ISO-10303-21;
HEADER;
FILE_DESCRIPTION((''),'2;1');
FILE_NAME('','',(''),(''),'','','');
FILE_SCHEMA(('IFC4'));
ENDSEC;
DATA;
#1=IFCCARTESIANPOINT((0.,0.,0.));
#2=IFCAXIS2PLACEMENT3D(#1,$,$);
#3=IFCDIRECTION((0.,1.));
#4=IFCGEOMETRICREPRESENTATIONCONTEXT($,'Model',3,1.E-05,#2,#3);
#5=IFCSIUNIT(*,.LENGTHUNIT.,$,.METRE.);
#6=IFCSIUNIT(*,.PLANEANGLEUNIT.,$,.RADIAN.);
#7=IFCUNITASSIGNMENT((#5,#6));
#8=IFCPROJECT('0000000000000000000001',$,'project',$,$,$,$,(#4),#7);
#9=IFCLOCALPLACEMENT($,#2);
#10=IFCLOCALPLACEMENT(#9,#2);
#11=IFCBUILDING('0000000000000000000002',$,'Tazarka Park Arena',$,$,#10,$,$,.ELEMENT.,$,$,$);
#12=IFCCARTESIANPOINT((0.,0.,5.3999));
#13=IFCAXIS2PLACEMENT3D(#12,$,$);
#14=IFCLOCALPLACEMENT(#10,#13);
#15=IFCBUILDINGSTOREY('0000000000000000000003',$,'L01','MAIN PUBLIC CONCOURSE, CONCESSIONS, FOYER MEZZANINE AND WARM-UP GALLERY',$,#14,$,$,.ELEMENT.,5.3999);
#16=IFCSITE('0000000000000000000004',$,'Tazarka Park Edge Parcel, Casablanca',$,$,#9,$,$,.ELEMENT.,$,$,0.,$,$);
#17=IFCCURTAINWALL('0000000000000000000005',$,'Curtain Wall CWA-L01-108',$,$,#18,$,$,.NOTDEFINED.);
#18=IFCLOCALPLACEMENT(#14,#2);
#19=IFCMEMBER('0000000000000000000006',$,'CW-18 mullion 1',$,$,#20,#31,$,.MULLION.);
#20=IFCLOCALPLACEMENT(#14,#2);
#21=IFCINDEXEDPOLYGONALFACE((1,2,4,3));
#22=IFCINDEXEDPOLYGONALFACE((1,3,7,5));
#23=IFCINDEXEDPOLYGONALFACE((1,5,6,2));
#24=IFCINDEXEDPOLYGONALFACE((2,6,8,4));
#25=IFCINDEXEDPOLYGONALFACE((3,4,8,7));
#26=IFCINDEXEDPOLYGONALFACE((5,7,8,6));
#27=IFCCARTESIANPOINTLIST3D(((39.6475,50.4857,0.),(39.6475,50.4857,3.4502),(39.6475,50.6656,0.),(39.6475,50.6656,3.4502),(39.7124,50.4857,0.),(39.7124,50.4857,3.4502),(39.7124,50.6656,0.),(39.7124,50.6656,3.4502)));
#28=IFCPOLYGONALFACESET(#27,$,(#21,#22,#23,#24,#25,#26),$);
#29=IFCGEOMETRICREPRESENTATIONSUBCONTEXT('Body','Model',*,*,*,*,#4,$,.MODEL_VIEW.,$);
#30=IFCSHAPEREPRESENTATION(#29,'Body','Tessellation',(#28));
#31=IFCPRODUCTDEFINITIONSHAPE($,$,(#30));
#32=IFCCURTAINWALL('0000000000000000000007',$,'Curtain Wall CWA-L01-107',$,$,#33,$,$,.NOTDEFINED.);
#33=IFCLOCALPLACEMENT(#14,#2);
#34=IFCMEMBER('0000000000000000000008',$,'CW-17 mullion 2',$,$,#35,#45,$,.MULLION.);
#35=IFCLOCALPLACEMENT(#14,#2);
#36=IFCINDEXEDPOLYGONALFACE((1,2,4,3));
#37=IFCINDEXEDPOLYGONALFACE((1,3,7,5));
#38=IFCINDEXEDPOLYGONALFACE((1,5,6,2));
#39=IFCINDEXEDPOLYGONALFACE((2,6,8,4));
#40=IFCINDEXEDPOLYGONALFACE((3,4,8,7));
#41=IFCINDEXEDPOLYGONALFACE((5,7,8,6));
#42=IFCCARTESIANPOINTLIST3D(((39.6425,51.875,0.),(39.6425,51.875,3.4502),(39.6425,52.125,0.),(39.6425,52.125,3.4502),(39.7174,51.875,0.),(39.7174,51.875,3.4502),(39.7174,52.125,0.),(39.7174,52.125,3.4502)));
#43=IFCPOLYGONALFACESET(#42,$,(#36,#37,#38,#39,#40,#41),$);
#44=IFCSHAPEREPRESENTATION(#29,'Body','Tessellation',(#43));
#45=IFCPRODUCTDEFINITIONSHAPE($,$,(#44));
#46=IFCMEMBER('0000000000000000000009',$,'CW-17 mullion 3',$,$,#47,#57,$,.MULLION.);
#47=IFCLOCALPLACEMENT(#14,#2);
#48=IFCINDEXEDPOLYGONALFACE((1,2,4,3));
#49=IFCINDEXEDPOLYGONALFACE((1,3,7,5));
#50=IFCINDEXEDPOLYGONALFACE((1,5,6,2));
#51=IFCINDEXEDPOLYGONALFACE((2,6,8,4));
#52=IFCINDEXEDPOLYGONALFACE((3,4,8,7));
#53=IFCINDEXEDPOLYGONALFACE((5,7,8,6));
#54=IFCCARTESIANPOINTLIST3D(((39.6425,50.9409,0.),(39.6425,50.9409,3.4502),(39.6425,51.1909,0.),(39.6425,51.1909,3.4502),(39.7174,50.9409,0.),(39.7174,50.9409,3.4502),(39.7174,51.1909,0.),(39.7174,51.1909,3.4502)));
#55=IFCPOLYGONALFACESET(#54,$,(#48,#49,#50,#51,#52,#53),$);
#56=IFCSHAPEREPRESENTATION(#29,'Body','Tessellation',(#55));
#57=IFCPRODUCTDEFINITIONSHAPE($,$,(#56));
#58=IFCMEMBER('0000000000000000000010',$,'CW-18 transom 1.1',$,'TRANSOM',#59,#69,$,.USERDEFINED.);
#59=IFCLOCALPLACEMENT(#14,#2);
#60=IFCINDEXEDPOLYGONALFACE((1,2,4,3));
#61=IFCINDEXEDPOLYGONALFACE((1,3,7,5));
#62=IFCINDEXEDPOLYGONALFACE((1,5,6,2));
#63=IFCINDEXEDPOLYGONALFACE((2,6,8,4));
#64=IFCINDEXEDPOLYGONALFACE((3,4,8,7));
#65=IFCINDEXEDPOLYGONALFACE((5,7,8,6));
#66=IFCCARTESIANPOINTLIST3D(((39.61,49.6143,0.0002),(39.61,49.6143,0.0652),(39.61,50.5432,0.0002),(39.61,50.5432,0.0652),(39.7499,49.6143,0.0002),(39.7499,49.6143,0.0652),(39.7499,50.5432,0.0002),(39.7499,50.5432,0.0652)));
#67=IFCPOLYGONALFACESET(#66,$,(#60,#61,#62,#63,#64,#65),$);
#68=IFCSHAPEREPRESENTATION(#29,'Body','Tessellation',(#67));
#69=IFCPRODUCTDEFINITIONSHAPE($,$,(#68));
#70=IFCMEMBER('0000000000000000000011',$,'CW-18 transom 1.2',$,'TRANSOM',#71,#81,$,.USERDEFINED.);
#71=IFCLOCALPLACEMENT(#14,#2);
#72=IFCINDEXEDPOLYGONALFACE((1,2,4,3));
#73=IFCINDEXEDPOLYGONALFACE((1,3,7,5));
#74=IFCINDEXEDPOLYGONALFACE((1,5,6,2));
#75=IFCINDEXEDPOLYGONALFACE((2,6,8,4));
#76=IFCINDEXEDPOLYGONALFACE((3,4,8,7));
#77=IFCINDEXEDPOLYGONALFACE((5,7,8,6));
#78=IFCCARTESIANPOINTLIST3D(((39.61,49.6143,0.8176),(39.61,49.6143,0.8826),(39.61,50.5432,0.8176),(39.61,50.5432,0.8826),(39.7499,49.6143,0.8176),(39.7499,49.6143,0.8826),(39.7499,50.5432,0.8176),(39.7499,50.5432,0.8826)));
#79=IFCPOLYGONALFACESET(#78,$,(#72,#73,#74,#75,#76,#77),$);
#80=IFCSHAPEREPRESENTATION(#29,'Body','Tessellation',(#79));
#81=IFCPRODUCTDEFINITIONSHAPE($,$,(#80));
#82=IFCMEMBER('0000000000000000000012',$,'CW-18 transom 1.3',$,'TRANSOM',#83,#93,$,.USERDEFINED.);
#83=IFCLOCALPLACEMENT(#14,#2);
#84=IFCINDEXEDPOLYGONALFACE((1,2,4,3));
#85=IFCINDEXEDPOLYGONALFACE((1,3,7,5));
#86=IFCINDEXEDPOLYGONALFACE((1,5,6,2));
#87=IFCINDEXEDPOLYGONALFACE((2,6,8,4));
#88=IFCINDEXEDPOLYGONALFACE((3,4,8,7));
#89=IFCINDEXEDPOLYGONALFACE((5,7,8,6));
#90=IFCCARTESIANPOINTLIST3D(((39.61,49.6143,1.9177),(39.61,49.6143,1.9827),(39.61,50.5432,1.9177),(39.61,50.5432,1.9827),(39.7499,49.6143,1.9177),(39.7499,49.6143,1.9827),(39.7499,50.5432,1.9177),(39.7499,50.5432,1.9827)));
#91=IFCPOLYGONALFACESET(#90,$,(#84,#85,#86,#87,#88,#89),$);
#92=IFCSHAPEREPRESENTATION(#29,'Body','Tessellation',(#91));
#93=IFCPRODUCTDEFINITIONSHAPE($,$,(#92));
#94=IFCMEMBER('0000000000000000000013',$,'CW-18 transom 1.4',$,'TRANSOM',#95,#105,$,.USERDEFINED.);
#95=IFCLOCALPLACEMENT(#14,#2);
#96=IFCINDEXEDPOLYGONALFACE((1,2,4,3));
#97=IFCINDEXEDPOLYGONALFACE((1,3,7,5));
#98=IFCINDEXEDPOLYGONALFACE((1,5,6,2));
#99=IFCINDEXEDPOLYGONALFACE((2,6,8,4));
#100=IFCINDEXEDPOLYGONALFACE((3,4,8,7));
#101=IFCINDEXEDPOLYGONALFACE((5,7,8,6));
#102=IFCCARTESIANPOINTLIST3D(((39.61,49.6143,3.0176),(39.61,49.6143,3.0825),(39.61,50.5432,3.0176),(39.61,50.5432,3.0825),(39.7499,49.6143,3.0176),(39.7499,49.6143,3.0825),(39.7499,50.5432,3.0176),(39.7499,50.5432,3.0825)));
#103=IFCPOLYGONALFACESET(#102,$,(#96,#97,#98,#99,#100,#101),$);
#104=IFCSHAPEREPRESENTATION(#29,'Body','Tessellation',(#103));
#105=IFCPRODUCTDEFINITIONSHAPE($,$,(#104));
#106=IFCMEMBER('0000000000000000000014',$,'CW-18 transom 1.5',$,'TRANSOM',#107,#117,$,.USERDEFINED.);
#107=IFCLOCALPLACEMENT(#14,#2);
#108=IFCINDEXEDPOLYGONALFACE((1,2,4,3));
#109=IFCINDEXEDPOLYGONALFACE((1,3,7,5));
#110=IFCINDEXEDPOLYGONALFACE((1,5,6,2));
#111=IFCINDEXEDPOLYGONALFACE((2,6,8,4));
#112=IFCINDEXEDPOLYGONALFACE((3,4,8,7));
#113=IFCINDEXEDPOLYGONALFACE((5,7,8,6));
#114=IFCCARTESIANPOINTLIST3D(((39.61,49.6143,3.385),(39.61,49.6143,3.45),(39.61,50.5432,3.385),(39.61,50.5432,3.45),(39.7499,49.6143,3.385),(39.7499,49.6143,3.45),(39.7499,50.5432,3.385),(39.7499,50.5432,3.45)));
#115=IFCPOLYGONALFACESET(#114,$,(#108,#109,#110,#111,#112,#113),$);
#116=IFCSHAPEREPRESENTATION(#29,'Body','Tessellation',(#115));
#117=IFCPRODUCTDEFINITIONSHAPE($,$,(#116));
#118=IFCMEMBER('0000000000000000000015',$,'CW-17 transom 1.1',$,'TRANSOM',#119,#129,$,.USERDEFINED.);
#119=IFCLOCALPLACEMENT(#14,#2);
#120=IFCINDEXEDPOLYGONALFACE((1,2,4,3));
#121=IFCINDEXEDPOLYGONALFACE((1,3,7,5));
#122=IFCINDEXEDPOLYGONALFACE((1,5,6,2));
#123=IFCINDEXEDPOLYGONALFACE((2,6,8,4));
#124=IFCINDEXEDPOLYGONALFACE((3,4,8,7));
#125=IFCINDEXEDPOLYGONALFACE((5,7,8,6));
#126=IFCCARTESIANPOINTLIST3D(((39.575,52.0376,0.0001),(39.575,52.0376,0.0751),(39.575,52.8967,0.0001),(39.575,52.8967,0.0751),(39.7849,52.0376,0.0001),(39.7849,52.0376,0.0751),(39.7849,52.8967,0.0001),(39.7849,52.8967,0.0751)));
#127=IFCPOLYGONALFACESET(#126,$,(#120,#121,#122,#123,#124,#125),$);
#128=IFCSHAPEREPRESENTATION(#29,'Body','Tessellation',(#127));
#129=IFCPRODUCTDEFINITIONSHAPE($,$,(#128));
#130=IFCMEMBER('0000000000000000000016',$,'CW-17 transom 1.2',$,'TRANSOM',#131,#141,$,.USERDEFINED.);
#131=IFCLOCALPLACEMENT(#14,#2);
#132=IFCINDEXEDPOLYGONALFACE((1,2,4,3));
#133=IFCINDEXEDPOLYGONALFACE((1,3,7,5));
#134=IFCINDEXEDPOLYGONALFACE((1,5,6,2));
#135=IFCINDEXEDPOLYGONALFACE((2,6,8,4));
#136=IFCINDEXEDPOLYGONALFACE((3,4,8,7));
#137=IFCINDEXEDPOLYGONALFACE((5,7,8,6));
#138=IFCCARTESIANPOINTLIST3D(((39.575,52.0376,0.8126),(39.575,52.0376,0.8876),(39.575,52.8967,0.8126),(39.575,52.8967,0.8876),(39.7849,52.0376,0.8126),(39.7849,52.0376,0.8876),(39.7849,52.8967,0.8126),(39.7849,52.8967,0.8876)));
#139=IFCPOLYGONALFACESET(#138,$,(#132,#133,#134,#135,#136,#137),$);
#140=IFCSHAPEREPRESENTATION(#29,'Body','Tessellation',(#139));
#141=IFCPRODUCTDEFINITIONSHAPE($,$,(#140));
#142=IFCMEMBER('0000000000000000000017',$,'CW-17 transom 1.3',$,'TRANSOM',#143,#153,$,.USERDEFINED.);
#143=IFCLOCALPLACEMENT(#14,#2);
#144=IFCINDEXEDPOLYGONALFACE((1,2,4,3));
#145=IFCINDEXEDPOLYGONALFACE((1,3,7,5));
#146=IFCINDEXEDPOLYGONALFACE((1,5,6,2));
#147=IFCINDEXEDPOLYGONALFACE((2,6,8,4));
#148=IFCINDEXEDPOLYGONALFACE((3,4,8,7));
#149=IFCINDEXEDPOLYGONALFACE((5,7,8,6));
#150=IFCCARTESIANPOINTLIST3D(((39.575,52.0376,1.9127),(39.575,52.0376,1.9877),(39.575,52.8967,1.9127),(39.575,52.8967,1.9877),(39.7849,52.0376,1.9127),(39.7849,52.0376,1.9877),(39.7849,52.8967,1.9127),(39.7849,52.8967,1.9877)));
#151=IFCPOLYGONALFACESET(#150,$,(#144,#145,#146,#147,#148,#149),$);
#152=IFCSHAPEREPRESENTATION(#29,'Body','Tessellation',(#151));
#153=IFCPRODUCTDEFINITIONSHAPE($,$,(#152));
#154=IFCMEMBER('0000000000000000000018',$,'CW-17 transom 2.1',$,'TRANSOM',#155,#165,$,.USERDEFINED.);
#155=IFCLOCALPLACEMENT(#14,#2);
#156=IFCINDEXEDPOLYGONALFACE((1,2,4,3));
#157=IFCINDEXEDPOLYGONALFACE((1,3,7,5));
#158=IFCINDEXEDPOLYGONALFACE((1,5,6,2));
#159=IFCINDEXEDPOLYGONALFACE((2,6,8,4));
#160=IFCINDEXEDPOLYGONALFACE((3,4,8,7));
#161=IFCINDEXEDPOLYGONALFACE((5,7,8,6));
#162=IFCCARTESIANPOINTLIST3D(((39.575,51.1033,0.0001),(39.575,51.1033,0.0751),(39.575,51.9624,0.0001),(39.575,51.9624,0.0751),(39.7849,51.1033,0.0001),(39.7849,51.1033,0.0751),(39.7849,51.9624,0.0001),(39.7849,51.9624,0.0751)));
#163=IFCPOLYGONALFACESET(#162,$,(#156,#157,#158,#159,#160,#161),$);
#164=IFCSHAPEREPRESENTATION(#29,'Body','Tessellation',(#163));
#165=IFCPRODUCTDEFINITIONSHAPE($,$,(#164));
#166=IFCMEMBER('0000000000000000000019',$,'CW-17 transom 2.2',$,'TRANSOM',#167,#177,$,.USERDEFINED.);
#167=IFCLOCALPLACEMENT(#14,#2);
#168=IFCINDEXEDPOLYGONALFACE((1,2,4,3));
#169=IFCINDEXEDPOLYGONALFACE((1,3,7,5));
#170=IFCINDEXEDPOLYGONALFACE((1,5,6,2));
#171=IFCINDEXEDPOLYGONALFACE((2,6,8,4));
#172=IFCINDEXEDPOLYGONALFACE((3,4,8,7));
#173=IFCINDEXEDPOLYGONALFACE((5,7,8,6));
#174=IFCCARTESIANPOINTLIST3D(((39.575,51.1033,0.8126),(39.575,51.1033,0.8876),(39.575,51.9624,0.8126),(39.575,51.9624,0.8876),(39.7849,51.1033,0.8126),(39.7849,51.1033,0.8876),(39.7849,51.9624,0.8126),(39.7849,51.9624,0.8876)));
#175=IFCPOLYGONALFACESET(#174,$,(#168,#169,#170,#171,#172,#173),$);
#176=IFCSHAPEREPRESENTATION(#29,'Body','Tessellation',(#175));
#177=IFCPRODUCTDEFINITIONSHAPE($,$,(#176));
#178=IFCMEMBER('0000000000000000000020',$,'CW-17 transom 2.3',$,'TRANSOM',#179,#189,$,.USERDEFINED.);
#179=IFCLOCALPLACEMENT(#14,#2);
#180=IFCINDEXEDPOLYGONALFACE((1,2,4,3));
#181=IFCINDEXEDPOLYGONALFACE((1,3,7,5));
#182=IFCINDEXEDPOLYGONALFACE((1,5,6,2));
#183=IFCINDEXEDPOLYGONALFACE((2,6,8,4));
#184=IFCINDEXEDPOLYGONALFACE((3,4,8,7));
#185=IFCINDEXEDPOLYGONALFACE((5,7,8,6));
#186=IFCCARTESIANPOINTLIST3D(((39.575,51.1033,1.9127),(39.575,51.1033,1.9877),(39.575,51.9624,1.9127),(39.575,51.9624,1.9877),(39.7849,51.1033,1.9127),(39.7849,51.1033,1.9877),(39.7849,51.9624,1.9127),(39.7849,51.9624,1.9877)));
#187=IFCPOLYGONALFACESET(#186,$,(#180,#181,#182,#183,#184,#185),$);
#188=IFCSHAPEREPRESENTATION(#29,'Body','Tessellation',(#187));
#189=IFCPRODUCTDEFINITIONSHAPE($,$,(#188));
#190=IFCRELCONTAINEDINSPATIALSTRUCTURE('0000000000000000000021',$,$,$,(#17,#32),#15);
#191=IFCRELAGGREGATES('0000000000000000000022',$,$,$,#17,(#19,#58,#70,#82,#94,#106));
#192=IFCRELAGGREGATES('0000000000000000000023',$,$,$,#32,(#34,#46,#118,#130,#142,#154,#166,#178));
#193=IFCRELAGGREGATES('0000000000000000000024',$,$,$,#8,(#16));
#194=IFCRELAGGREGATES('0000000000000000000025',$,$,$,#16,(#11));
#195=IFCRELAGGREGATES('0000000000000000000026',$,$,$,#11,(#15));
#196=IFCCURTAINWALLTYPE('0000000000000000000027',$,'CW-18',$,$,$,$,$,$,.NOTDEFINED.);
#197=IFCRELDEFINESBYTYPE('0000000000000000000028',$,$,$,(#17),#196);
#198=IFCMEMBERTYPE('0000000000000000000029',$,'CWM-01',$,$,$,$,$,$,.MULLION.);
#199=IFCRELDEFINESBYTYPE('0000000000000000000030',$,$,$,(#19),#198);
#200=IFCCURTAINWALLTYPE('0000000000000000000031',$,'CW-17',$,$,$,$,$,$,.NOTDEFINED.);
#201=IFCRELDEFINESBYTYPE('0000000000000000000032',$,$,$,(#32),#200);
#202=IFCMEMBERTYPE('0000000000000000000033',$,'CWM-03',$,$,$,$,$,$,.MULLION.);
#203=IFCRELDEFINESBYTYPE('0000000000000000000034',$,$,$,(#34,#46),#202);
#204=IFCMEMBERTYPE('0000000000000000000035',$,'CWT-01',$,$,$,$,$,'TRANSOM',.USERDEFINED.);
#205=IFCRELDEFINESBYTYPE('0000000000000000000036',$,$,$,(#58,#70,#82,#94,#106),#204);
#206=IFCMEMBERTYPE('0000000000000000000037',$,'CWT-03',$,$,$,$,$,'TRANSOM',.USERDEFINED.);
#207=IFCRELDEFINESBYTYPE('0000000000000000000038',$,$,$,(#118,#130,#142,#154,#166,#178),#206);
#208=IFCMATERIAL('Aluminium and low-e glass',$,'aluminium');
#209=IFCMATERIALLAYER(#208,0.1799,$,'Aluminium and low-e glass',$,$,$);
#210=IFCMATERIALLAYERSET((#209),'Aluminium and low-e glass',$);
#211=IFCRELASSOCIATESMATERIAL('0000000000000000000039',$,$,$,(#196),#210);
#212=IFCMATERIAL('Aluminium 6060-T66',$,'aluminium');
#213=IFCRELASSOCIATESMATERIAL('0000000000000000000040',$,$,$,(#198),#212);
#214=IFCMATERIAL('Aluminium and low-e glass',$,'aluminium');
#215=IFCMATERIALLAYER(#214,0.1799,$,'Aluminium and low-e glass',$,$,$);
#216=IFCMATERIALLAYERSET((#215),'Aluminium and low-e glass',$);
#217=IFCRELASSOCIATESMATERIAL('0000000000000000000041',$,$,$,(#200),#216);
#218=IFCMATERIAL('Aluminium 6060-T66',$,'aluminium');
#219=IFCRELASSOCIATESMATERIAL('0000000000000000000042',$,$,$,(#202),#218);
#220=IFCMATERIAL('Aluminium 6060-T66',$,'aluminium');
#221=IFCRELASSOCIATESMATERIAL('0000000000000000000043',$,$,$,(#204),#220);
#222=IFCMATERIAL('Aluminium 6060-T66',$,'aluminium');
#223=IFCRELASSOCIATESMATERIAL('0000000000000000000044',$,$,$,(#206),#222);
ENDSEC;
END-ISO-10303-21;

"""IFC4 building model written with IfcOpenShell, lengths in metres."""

from ifc_helpers import new_model, si_unit, direction, frame, origin, origin_2d, place, context, subcontext, project, spatial, rectangle, extrude, material, layer, layer_set, material_profile, profile_set, type_object, element, aggregate, save


model = new_model("IFC4")

# Units and contexts
model_context = context("Model", 3, precision=1e-05, world=origin(), true_north=direction((0.0, 1.0)))
body_context = subcontext(model_context, "Body", "Model", "MODEL_VIEW")
ifc_project = project(units=[si_unit("LENGTHUNIT", "METRE"), si_unit("PLANEANGLEUNIT", "RADIAN")], contexts=[model_context])

# Site, building, storey
site_placement = place(None, origin())
site = spatial("IfcSite", under=ifc_project, at=site_placement, Name="Tazarka Park Edge Parcel, Casablanca", CompositionType="ELEMENT", RefElevation=0.0)
building_placement = place(site_placement, origin())
building = spatial("IfcBuilding", under=site, at=building_placement, Name="Tazarka Park Arena", CompositionType="ELEMENT")
storey_placement = place(building_placement, frame((0.0, 0.0, 5.3999)))
storey = spatial("IfcBuildingStorey", under=building, at=storey_placement, Name="L01", Description="MAIN PUBLIC CONCOURSE, CONCESSIONS, FOYER MEZZANINE AND WARM-UP GALLERY", CompositionType="ELEMENT", Elevation=5.3999)

# Curtain wall, member
ifc_material_1 = material(Name="Aluminium and low-e glass", Category="aluminium")
ifc_layer_1 = layer(ifc_material_1, 0.1799, Name="Aluminium and low-e glass")
ifc_layer_set_1 = layer_set([ifc_layer_1], Name="Aluminium and low-e glass")
curtain_wall_type_1 = type_object("IfcCurtainWallType", Name="CW-18", PredefinedType="NOTDEFINED", material=ifc_layer_set_1)
curtain_wall_1_placement = place(storey_placement, origin())
curtain_wall_1 = element("IfcCurtainWall", 1, at=curtain_wall_1_placement, inside=storey, type_object=curtain_wall_type_1, Name="Curtain Wall CWA-L01-108", PredefinedType="NOTDEFINED")
ifc_material_2 = material(Name="Aluminium 6060-T66", Category="aluminium")
ifc_material_profile_1 = material_profile(ifc_material_2, rectangle(XDim=0.0649, YDim=0.1799, at=origin_2d()), Name="Aluminium 6060-T66")
ifc_profile_set_1 = profile_set([ifc_material_profile_1], Name="Aluminium 6060-T66")
member_type_1 = type_object("IfcMemberType", Name="CWM-01", PredefinedType="MULLION", material=ifc_profile_set_1)
member_1_placement = place(storey_placement, frame((39.6799, 50.5757, 0.0), z_axis=(0.0, 0.0, 1.0), x_axis=(1.0, 0.0, 0.0)))
member_1 = element("IfcMember", 2, at=member_1_placement, type_object=member_type_1, Name="CW-18 mullion 1", PredefinedType="MULLION", context=body_context, shape_type="SweptSolid", body=[
    extrude(rectangle(XDim=0.0649, YDim=0.1799, at=origin_2d()), origin(), (0.0, 0.0, 1.0), 3.4502),
])

# Curtain wall, members
ifc_material_3 = material(Name="Aluminium and low-e glass", Category="aluminium")
ifc_layer_2 = layer(ifc_material_3, 0.1799, Name="Aluminium and low-e glass")
ifc_layer_set_2 = layer_set([ifc_layer_2], Name="Aluminium and low-e glass")
curtain_wall_type_2 = type_object("IfcCurtainWallType", Name="CW-17", PredefinedType="NOTDEFINED", material=ifc_layer_set_2)
curtain_wall_2_placement = place(storey_placement, origin())
curtain_wall_2 = element("IfcCurtainWall", 3, at=curtain_wall_2_placement, inside=storey, type_object=curtain_wall_type_2, Name="Curtain Wall CWA-L01-107", PredefinedType="NOTDEFINED")
ifc_material_4 = material(Name="Aluminium 6060-T66", Category="aluminium")
ifc_material_profile_2 = material_profile(ifc_material_4, rectangle(XDim=0.075, YDim=0.25, at=origin_2d()), Name="Aluminium 6060-T66")
ifc_profile_set_2 = profile_set([ifc_material_profile_2], Name="Aluminium 6060-T66")
member_type_2 = type_object("IfcMemberType", Name="CWM-03", PredefinedType="MULLION", material=ifc_profile_set_2)
member_2_placement = place(storey_placement, frame((39.6799, 52.0, 0.0), z_axis=(0.0, 0.0, 1.0), x_axis=(1.0, 0.0, 0.0)))
member_2 = element("IfcMember", 4, at=member_2_placement, type_object=member_type_2, Name="CW-17 mullion 2", PredefinedType="MULLION", context=body_context, shape_type="SweptSolid", body=[
    extrude(rectangle(XDim=0.075, YDim=0.25, at=origin_2d()), origin(), (0.0, 0.0, 1.0), 3.4502),
])
member_3_placement = place(storey_placement, frame((39.6799, 51.0659, 0.0), z_axis=(0.0, 0.0, 1.0), x_axis=(1.0, 0.0, 0.0)))
member_3 = element("IfcMember", 5, at=member_3_placement, type_object=member_type_2, Name="CW-17 mullion 3", PredefinedType="MULLION", context=body_context, shape_type="SweptSolid", body=[
    extrude(rectangle(XDim=0.075, YDim=0.25, at=origin_2d()), origin(), (0.0, 0.0, 1.0), 3.4502),
])

# Members
ifc_material_5 = material(Name="Aluminium 6060-T66", Category="aluminium")
ifc_material_profile_3 = material_profile(ifc_material_5, rectangle(XDim=0.1399, YDim=0.0649, at=origin_2d()), Name="Aluminium 6060-T66")
ifc_profile_set_3 = profile_set([ifc_material_profile_3], Name="Aluminium 6060-T66")
member_type_3 = type_object("IfcMemberType", Name="CWT-01", ElementType="TRANSOM", PredefinedType="USERDEFINED", material=ifc_profile_set_3)
member_4_placement = place(storey_placement, frame((39.6799, 50.5432, 0.0327), z_axis=(0.0, -1.0, 0.0), x_axis=(1.0, 0.0, 0.0)))
member_4 = element("IfcMember", 6, at=member_4_placement, type_object=member_type_3, Name="CW-18 transom 1.1", ObjectType="TRANSOM", PredefinedType="USERDEFINED", context=body_context, shape_type="SweptSolid", body=[
    extrude(rectangle(XDim=0.1399, YDim=0.0649, at=origin_2d()), origin(), (0.0, 0.0, 1.0), 0.929),
])
member_5_placement = place(storey_placement, frame((39.6799, 50.5432, 0.8501), z_axis=(0.0, -1.0, 0.0), x_axis=(1.0, 0.0, 0.0)))
member_5 = element("IfcMember", 7, at=member_5_placement, type_object=member_type_3, Name="CW-18 transom 1.2", ObjectType="TRANSOM", PredefinedType="USERDEFINED", context=body_context, shape_type="SweptSolid", body=[
    extrude(rectangle(XDim=0.1399, YDim=0.0649, at=origin_2d()), origin(), (0.0, 0.0, 1.0), 0.929),
])
member_6_placement = place(storey_placement, frame((39.6799, 50.5432, 1.9502), z_axis=(0.0, -1.0, 0.0), x_axis=(1.0, 0.0, 0.0)))
member_6 = element("IfcMember", 8, at=member_6_placement, type_object=member_type_3, Name="CW-18 transom 1.3", ObjectType="TRANSOM", PredefinedType="USERDEFINED", context=body_context, shape_type="SweptSolid", body=[
    extrude(rectangle(XDim=0.1399, YDim=0.0649, at=origin_2d()), origin(), (0.0, 0.0, 1.0), 0.929),
])
member_7_placement = place(storey_placement, frame((39.6799, 50.5432, 3.05), z_axis=(0.0, -1.0, 0.0), x_axis=(1.0, 0.0, 0.0)))
member_7 = element("IfcMember", 9, at=member_7_placement, type_object=member_type_3, Name="CW-18 transom 1.4", ObjectType="TRANSOM", PredefinedType="USERDEFINED", context=body_context, shape_type="SweptSolid", body=[
    extrude(rectangle(XDim=0.1399, YDim=0.0649, at=origin_2d()), origin(), (0.0, 0.0, 1.0), 0.929),
])
member_8_placement = place(storey_placement, frame((39.6799, 50.5432, 3.4175), z_axis=(0.0, -1.0, 0.0), x_axis=(1.0, 0.0, 0.0)))
member_8 = element("IfcMember", 10, at=member_8_placement, type_object=member_type_3, Name="CW-18 transom 1.5", ObjectType="TRANSOM", PredefinedType="USERDEFINED", context=body_context, shape_type="SweptSolid", body=[
    extrude(rectangle(XDim=0.1399, YDim=0.0649, at=origin_2d()), origin(), (0.0, 0.0, 1.0), 0.929),
])
ifc_material_6 = material(Name="Aluminium 6060-T66", Category="aluminium")
ifc_material_profile_4 = material_profile(ifc_material_6, rectangle(XDim=0.21, YDim=0.075, at=origin_2d()), Name="Aluminium 6060-T66")
ifc_profile_set_4 = profile_set([ifc_material_profile_4], Name="Aluminium 6060-T66")
member_type_4 = type_object("IfcMemberType", Name="CWT-03", ElementType="TRANSOM", PredefinedType="USERDEFINED", material=ifc_profile_set_4)
member_9_placement = place(storey_placement, frame((39.6799, 52.8967, 0.0376), z_axis=(0.0, -1.0, 0.0), x_axis=(1.0, 0.0, 0.0)))
member_9 = element("IfcMember", 11, at=member_9_placement, type_object=member_type_4, Name="CW-17 transom 1.1", ObjectType="TRANSOM", PredefinedType="USERDEFINED", context=body_context, shape_type="SweptSolid", body=[
    extrude(rectangle(XDim=0.21, YDim=0.075, at=origin_2d()), origin(), (0.0, 0.0, 1.0), 0.8591),
])
member_10_placement = place(storey_placement, frame((39.6799, 52.8967, 0.8501), z_axis=(0.0, -1.0, 0.0), x_axis=(1.0, 0.0, 0.0)))
member_10 = element("IfcMember", 12, at=member_10_placement, type_object=member_type_4, Name="CW-17 transom 1.2", ObjectType="TRANSOM", PredefinedType="USERDEFINED", context=body_context, shape_type="SweptSolid", body=[
    extrude(rectangle(XDim=0.21, YDim=0.075, at=origin_2d()), origin(), (0.0, 0.0, 1.0), 0.8591),
])
member_11_placement = place(storey_placement, frame((39.6799, 52.8967, 1.9502), z_axis=(0.0, -1.0, 0.0), x_axis=(1.0, 0.0, 0.0)))
member_11 = element("IfcMember", 13, at=member_11_placement, type_object=member_type_4, Name="CW-17 transom 1.3", ObjectType="TRANSOM", PredefinedType="USERDEFINED", context=body_context, shape_type="SweptSolid", body=[
    extrude(rectangle(XDim=0.21, YDim=0.075, at=origin_2d()), origin(), (0.0, 0.0, 1.0), 0.8591),
])
member_12_placement = place(storey_placement, frame((39.6799, 51.9624, 0.0376), z_axis=(0.0, -1.0, 0.0), x_axis=(1.0, 0.0, 0.0)))
member_12 = element("IfcMember", 14, at=member_12_placement, type_object=member_type_4, Name="CW-17 transom 2.1", ObjectType="TRANSOM", PredefinedType="USERDEFINED", context=body_context, shape_type="SweptSolid", body=[
    extrude(rectangle(XDim=0.21, YDim=0.075, at=origin_2d()), origin(), (0.0, 0.0, 1.0), 0.8591),
])
member_13_placement = place(storey_placement, frame((39.6799, 51.9624, 0.8501), z_axis=(0.0, -1.0, 0.0), x_axis=(1.0, 0.0, 0.0)))
member_13 = element("IfcMember", 15, at=member_13_placement, type_object=member_type_4, Name="CW-17 transom 2.2", ObjectType="TRANSOM", PredefinedType="USERDEFINED", context=body_context, shape_type="SweptSolid", body=[
    extrude(rectangle(XDim=0.21, YDim=0.075, at=origin_2d()), origin(), (0.0, 0.0, 1.0), 0.8591),
])
member_14_placement = place(storey_placement, frame((39.6799, 51.9624, 1.9502), z_axis=(0.0, -1.0, 0.0), x_axis=(1.0, 0.0, 0.0)))
member_14 = element("IfcMember", 16, at=member_14_placement, type_object=member_type_4, Name="CW-17 transom 2.3", ObjectType="TRANSOM", PredefinedType="USERDEFINED", context=body_context, shape_type="SweptSolid", body=[
    extrude(rectangle(XDim=0.21, YDim=0.075, at=origin_2d()), origin(), (0.0, 0.0, 1.0), 0.8591),
])

aggregate(curtain_wall_1, [member_1, member_4, member_5, member_6, member_7, member_8])
aggregate(curtain_wall_2, [member_2, member_3, member_9, member_10, member_11, member_12, member_13, member_14])

save(model, "model.ifc")
